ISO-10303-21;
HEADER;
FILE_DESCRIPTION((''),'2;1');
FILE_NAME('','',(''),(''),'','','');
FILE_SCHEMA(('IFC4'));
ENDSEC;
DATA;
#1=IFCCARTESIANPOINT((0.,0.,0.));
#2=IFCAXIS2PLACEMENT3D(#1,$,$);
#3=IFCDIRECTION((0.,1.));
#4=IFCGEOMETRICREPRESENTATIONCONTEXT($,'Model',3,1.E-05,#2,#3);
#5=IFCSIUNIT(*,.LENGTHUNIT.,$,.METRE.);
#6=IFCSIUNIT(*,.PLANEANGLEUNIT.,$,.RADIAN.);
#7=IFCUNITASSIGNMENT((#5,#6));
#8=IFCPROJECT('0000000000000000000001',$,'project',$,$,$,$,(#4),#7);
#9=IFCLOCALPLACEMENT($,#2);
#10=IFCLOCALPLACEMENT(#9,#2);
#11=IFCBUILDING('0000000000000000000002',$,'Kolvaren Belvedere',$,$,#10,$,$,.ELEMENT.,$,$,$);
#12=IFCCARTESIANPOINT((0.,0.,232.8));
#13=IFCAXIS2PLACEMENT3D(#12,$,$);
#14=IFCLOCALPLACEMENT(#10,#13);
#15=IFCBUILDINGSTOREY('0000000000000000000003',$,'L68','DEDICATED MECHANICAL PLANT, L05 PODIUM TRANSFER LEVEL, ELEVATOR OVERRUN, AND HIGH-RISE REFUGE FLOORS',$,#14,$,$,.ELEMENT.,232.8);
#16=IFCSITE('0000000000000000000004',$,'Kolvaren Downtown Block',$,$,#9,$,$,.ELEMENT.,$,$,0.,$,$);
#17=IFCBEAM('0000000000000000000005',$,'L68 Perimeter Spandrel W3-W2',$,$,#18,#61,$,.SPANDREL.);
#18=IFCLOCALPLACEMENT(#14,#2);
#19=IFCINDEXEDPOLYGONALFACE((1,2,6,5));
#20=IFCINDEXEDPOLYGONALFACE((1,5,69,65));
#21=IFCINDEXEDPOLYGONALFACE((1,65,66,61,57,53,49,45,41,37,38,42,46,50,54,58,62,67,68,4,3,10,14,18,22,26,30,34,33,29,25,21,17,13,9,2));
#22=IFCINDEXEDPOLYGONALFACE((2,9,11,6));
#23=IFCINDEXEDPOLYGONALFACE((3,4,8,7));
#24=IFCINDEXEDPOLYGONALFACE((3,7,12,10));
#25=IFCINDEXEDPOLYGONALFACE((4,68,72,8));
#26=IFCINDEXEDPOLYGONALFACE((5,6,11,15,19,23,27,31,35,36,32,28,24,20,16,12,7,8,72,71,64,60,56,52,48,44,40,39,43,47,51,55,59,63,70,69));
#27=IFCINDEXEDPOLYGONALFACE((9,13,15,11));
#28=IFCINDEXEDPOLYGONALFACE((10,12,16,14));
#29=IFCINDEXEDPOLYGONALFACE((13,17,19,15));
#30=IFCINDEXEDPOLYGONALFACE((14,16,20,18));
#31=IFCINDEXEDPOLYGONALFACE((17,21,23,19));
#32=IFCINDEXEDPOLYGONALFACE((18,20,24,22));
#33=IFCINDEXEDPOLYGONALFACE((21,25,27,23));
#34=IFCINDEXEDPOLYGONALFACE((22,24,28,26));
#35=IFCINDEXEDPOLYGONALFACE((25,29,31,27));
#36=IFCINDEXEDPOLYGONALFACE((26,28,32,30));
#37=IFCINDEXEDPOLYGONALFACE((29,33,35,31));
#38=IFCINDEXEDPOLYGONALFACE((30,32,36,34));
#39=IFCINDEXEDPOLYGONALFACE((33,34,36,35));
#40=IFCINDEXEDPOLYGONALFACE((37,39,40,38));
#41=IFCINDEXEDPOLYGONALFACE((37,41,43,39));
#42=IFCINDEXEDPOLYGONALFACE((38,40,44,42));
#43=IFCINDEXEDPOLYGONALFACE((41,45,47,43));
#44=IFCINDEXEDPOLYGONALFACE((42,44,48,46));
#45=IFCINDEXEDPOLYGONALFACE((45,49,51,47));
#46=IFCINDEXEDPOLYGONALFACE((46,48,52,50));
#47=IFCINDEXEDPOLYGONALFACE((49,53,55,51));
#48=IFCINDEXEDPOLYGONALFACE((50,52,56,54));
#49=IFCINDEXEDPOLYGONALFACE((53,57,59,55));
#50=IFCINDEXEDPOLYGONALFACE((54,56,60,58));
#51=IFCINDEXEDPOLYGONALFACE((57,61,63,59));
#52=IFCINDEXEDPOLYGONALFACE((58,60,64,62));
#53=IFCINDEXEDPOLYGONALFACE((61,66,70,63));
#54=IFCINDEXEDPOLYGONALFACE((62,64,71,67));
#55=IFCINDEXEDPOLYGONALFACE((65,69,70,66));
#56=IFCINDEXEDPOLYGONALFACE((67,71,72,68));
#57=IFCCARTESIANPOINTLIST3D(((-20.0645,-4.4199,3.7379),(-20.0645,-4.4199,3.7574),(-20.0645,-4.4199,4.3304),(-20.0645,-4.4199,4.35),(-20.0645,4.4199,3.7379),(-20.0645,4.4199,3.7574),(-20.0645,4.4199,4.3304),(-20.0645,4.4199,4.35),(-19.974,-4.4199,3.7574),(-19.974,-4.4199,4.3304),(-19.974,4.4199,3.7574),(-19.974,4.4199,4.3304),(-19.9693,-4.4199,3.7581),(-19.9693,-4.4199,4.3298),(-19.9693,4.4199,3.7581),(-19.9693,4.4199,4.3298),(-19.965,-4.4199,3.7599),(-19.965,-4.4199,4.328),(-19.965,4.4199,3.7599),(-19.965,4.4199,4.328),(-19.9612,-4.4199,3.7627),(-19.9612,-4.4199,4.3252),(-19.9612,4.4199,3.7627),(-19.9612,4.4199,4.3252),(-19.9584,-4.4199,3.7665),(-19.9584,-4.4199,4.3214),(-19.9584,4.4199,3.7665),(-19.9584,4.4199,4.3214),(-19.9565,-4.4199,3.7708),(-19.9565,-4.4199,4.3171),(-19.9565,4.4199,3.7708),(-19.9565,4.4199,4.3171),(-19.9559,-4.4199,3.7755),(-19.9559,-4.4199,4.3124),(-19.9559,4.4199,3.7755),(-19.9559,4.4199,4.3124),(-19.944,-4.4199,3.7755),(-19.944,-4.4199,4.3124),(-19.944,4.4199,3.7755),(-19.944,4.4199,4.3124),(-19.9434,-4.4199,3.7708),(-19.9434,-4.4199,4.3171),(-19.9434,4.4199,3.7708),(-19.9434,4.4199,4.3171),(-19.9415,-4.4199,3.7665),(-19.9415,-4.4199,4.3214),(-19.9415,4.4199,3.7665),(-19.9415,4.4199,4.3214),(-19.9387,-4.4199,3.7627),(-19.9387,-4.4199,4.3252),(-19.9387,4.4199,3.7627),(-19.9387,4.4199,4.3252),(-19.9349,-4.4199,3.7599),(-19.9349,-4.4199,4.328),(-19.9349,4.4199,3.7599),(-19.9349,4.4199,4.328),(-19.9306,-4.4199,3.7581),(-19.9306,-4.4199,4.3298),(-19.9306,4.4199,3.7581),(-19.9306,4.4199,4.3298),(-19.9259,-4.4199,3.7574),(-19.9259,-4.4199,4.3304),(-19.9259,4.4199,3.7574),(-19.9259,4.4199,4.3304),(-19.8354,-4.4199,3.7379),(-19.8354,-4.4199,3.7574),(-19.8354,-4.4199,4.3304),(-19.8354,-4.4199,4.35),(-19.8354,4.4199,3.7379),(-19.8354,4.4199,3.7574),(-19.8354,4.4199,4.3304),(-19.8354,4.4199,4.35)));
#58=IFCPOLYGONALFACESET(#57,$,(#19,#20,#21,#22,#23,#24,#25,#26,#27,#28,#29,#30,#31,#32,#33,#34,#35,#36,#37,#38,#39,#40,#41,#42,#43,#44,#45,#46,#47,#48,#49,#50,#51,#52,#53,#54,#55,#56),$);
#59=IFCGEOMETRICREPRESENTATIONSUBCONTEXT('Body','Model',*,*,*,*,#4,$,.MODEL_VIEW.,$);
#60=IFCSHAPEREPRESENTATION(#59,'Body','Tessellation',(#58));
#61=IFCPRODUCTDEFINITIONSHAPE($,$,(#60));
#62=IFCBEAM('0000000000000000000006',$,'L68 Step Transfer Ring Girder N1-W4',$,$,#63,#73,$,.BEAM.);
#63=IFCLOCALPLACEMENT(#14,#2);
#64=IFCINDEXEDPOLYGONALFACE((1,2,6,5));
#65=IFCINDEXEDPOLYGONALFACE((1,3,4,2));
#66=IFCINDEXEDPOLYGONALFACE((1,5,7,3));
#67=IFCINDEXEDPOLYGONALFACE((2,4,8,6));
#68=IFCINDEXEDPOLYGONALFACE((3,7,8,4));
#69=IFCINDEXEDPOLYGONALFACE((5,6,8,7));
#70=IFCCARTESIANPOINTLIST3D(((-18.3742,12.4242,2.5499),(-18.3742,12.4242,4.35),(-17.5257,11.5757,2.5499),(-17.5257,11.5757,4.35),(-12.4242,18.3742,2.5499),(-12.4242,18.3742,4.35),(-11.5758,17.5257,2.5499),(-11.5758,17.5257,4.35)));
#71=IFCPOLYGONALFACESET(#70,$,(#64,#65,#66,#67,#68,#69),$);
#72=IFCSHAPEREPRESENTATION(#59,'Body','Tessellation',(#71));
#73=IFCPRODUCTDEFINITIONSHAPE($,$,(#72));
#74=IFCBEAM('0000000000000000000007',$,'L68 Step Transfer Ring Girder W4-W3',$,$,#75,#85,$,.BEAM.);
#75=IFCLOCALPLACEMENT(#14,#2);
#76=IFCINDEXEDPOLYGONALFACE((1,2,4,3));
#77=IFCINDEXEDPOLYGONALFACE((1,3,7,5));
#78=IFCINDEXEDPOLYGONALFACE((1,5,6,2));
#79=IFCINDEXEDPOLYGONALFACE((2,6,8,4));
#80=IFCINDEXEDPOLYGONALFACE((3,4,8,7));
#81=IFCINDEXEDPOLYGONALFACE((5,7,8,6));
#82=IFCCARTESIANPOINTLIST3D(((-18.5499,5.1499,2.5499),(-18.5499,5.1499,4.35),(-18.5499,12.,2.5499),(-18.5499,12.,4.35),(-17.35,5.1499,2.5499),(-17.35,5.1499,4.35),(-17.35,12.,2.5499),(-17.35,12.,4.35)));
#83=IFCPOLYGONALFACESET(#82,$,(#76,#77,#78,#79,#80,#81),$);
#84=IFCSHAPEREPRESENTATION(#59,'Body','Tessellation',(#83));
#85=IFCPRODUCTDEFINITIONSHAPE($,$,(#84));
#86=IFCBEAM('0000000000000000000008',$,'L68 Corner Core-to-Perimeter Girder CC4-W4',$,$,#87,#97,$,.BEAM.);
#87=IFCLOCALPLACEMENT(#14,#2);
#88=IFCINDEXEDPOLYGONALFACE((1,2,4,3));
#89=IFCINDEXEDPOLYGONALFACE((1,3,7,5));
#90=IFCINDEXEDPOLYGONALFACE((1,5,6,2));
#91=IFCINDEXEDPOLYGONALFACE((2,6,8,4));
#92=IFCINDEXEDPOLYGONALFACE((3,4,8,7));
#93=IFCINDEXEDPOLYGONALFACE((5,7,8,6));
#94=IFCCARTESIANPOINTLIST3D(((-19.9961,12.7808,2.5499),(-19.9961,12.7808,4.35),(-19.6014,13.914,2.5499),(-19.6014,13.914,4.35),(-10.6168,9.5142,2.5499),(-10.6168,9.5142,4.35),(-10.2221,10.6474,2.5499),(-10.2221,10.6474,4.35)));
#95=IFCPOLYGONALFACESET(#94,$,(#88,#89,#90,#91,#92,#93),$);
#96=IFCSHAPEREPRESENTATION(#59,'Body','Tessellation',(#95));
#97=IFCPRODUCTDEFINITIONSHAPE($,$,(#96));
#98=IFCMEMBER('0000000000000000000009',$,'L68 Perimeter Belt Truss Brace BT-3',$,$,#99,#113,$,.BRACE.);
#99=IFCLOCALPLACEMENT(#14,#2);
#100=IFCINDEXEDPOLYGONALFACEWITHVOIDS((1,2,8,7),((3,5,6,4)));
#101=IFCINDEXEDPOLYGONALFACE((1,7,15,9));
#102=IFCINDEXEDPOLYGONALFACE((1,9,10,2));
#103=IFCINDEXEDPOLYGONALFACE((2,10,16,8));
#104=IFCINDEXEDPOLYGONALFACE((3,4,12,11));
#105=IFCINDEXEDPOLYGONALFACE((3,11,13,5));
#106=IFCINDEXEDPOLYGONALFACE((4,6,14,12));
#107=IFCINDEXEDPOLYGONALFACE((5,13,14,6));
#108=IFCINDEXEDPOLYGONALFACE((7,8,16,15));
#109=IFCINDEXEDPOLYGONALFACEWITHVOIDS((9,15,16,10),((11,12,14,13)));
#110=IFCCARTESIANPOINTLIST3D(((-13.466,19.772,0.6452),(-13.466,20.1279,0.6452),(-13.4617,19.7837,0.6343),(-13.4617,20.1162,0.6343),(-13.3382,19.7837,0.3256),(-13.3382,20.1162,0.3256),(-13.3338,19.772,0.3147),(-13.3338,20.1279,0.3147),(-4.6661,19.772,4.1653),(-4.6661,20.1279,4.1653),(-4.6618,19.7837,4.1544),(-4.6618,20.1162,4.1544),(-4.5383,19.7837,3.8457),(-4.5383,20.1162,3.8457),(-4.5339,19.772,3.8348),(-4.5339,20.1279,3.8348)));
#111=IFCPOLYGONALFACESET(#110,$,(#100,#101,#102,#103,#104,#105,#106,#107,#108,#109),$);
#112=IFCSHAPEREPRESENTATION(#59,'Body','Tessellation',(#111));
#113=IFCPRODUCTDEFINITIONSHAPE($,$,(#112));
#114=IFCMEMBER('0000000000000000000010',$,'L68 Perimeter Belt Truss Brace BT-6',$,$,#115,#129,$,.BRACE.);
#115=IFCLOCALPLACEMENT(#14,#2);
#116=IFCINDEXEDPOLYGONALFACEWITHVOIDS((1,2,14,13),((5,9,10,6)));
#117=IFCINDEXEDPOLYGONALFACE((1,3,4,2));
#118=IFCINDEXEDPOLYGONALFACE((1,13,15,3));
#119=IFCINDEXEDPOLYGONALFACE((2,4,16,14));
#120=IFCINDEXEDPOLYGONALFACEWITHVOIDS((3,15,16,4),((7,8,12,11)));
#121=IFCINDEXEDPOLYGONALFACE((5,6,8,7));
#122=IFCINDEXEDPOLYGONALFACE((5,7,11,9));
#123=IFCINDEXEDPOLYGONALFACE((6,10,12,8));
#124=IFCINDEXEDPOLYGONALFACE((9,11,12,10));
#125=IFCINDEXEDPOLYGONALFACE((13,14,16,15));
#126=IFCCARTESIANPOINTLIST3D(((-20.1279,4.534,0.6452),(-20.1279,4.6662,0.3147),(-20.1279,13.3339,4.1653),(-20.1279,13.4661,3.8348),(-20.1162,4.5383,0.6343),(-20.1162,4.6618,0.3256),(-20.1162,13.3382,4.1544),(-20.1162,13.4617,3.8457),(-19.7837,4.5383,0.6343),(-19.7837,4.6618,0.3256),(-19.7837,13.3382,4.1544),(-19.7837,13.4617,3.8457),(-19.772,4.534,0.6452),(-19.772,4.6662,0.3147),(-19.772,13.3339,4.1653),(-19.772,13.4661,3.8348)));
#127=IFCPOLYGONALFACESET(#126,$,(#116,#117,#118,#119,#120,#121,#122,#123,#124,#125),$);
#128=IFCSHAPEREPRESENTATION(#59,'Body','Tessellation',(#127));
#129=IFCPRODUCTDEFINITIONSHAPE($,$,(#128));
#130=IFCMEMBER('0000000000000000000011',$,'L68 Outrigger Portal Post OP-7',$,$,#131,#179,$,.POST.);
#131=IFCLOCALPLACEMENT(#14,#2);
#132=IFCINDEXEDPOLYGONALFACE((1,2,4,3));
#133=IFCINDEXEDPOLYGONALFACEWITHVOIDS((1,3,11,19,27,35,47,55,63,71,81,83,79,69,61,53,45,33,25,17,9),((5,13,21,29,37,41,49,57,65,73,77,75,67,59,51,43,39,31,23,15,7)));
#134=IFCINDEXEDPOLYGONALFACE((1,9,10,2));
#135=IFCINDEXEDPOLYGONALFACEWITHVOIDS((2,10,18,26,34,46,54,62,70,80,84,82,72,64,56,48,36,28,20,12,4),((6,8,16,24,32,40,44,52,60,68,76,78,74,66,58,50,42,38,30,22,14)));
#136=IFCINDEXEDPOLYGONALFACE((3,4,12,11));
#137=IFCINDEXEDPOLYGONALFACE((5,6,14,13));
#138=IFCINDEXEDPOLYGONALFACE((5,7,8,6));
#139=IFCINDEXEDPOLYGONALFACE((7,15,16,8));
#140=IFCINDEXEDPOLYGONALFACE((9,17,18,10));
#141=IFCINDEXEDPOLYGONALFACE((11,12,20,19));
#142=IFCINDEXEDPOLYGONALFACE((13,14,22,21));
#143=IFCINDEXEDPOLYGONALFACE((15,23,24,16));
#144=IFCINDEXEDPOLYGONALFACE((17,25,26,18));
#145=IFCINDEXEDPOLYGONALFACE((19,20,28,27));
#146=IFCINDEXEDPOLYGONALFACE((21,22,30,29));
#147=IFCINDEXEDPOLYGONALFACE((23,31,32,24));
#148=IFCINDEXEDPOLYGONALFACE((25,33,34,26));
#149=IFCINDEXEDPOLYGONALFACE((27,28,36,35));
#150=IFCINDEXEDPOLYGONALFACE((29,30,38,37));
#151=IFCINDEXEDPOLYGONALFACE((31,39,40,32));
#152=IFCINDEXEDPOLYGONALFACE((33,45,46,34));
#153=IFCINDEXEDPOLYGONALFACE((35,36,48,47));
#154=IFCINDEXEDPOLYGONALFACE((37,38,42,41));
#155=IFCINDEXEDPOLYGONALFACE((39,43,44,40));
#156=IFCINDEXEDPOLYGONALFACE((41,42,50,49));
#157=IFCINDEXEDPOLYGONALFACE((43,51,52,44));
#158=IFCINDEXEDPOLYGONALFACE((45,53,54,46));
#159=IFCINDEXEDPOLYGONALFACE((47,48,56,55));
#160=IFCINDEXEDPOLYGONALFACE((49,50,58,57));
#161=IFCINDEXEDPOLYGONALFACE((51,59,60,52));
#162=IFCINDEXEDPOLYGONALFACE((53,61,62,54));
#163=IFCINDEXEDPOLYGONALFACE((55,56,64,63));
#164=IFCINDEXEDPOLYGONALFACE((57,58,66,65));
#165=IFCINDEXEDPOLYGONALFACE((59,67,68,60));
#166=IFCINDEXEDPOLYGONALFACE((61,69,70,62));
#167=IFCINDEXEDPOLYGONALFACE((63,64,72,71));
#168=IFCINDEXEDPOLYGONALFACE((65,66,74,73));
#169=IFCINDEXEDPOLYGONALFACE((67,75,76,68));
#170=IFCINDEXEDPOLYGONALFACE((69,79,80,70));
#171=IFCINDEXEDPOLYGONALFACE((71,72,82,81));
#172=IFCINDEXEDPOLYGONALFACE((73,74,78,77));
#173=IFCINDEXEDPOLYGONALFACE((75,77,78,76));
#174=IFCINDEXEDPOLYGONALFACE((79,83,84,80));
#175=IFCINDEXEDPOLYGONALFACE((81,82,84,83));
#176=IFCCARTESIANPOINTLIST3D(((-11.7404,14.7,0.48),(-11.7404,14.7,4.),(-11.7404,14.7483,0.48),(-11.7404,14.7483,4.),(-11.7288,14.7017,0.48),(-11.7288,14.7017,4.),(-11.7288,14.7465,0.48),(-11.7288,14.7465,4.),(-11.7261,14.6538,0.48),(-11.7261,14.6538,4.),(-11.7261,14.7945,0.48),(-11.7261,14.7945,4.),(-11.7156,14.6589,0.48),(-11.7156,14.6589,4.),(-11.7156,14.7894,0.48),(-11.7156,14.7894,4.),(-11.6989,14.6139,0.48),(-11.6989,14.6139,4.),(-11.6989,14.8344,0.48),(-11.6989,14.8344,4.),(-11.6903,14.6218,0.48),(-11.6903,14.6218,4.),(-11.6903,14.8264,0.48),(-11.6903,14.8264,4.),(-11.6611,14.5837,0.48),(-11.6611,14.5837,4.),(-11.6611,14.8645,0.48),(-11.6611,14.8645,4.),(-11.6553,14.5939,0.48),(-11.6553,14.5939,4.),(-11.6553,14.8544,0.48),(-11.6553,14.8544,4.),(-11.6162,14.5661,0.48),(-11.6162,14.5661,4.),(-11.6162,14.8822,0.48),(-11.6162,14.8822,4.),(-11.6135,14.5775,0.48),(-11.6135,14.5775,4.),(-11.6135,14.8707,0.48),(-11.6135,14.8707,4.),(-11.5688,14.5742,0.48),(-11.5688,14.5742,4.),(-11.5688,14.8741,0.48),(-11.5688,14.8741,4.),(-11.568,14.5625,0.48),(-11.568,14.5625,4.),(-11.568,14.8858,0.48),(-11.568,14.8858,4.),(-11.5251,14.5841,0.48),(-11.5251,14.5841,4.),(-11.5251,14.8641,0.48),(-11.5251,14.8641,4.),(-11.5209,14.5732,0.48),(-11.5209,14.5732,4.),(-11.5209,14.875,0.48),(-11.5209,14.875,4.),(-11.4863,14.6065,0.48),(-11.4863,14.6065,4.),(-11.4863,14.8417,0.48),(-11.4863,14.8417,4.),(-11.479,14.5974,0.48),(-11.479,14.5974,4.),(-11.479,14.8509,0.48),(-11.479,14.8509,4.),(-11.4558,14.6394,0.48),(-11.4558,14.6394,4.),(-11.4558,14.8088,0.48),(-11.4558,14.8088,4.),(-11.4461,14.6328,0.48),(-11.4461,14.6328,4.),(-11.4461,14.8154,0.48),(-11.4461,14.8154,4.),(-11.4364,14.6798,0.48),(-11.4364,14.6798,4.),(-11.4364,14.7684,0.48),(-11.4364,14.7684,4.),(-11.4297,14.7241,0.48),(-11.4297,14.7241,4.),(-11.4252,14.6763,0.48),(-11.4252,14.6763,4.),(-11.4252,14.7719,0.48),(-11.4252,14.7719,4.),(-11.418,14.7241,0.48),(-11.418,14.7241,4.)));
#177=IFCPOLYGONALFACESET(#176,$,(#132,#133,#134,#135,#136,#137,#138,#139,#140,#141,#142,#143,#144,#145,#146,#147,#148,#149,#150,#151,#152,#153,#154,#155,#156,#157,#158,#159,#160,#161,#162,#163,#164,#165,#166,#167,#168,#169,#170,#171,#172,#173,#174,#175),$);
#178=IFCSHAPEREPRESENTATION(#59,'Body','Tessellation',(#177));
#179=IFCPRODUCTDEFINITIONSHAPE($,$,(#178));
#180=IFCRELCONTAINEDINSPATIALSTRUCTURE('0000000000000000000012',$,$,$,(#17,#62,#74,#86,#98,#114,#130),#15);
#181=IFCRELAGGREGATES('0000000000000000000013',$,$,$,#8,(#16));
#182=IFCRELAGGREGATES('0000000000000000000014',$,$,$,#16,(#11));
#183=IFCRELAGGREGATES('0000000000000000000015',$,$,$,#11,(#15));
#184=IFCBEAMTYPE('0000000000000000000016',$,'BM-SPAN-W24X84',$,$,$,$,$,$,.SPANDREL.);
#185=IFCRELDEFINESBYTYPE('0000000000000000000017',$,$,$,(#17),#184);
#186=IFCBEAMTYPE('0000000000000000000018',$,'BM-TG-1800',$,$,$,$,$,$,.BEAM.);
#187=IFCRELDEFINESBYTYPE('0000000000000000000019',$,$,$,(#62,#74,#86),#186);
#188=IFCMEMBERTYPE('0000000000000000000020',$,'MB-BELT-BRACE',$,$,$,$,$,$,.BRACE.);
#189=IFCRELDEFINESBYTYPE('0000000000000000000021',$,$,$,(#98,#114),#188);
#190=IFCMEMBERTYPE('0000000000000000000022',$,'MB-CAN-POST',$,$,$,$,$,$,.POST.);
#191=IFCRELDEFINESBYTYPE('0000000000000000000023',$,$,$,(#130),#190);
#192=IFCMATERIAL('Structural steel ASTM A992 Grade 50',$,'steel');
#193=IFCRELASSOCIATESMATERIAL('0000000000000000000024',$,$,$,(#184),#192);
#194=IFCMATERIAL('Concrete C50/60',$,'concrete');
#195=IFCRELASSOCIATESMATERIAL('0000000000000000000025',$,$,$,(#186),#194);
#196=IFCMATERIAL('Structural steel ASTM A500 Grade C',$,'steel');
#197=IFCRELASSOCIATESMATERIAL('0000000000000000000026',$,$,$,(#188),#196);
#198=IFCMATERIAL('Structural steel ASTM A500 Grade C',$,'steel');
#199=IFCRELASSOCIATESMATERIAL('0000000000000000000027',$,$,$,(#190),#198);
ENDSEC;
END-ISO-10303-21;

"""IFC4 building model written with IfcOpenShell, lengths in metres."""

from ifc_helpers import new_model, si_unit, direction, frame, origin, origin_2d, place, context, subcontext, project, spatial, rectangle, hollow_rectangle, hollow_circle, i_section, extrude, material, material_profile, profile_set, type_object, element, save


model = new_model("IFC4")

# Units and contexts
model_context = context("Model", 3, precision=1e-05, world=origin(), true_north=direction((0.0, 1.0)))
body_context = subcontext(model_context, "Body", "Model", "MODEL_VIEW")
ifc_project = project(units=[si_unit("LENGTHUNIT", "METRE"), si_unit("PLANEANGLEUNIT", "RADIAN")], contexts=[model_context])

# Site, building, storey
site_placement = place(None, origin())
site = spatial("IfcSite", under=ifc_project, at=site_placement, Name="Kolvaren Downtown Block", CompositionType="ELEMENT", RefElevation=0.0)
building_placement = place(site_placement, origin())
building = spatial("IfcBuilding", under=site, at=building_placement, Name="Kolvaren Belvedere", CompositionType="ELEMENT")
storey_placement = place(building_placement, frame((0.0, 0.0, 232.8)))
storey = spatial("IfcBuildingStorey", under=building, at=storey_placement, Name="L68", Description="DEDICATED MECHANICAL PLANT, L05 PODIUM TRANSFER LEVEL, ELEVATOR OVERRUN, AND HIGH-RISE REFUGE FLOORS", CompositionType="ELEMENT", Elevation=232.8)

# Beams
ifc_material_1 = material(Name="Structural steel ASTM A992 Grade 50", Category="steel")
ifc_material_profile_1 = material_profile(ifc_material_1, i_section(OverallWidth=0.229, OverallDepth=0.6121, WebThickness=0.012, FlangeThickness=0.0195, FilletRadius=0.0181, at=origin_2d()), Name="W24X84")
ifc_profile_set_1 = profile_set([ifc_material_profile_1], Name="Structural steel ASTM A992 Grade 50")
beam_type_1 = type_object("IfcBeamType", Name="BM-SPAN-W24X84", PredefinedType="SPANDREL", material=ifc_profile_set_1)
beam_1_placement = place(storey_placement, frame((-19.95, 4.4199, 4.0439), z_axis=(0.0, -1.0, 0.0), x_axis=(1.0, 0.0, 0.0)))
element("IfcBeam", 1, at=beam_1_placement, inside=storey, type_object=beam_type_1, Name="L68 Perimeter Spandrel W3-W2", PredefinedType="SPANDREL", context=body_context, shape_type="SweptSolid", body=[
    extrude(i_section(OverallWidth=0.229, OverallDepth=0.6121, WebThickness=0.012, FlangeThickness=0.0195, FilletRadius=0.0181, at=origin_2d()), origin(), (0.0, 0.0, 1.0), 8.8398),
])
ifc_material_2 = material(Name="Concrete C50/60", Category="concrete")
ifc_material_profile_2 = material_profile(ifc_material_2, rectangle(XDim=1.2, YDim=1.8, at=origin_2d()), Name="RC 1200X1800")
ifc_profile_set_2 = profile_set([ifc_material_profile_2], Name="Concrete C50/60")
beam_type_2 = type_object("IfcBeamType", Name="BM-TG-1800", PredefinedType="BEAM", material=ifc_profile_set_2)
beam_2_placement = place(storey_placement, frame((-12.0, 17.95, 3.45), z_axis=(-0.707107, -0.707107, 0.0), x_axis=(0.707107, -0.707107, 0.0)))
element("IfcBeam", 2, at=beam_2_placement, inside=storey, type_object=beam_type_2, Name="L68 Step Transfer Ring Girder N1-W4", PredefinedType="BEAM", context=body_context, shape_type="SweptSolid", body=[
    extrude(rectangle(XDim=1.2, YDim=1.8, at=origin_2d()), origin(), (0.0, 0.0, 1.0), 8.4146),
])
beam_3_placement = place(storey_placement, frame((-17.95, 12.0, 3.45), z_axis=(0.0, -1.0, 0.0), x_axis=(1.0, 0.0, 0.0)))
element("IfcBeam", 3, at=beam_3_placement, inside=storey, type_object=beam_type_2, Name="L68 Step Transfer Ring Girder W4-W3", PredefinedType="BEAM", context=body_context, shape_type="SweptSolid", body=[
    extrude(rectangle(XDim=1.2, YDim=1.8, at=origin_2d()), origin(), (0.0, 0.0, 1.0), 6.8501),
])
beam_4_placement = place(storey_placement, frame((-10.4194, 10.0808, 3.45), z_axis=(-0.944365, 0.328898, 0.0), x_axis=(-0.328898, -0.944365, 0.0)))
element("IfcBeam", 4, at=beam_4_placement, inside=storey, type_object=beam_type_2, Name="L68 Corner Core-to-Perimeter Girder CC4-W4", PredefinedType="BEAM", context=body_context, shape_type="SweptSolid", body=[
    extrude(rectangle(XDim=1.2, YDim=1.8, at=origin_2d()), origin(), (0.0, 0.0, 1.0), 9.9319),
])

# Members
ifc_material_3 = material(Name="Structural steel ASTM A500 Grade C", Category="steel")
ifc_material_profile_3 = material_profile(ifc_material_3, hollow_rectangle(XDim=0.356, YDim=0.356, WallThickness=0.0117, at=origin_2d()), Name="HSS14X14X1/2")
ifc_profile_set_3 = profile_set([ifc_material_profile_3], Name="Structural steel ASTM A500 Grade C")
member_type_1 = type_object("IfcMemberType", Name="MB-BELT-BRACE", PredefinedType="BRACE", material=ifc_profile_set_3)
for number, where, z_axis, x_axis, name in (
    (5, (-13.3999, 19.95, 0.48), (0.928473, 0.0, 0.3714), (0.0, 1.0, 0.0), "L68 Perimeter Belt Truss Brace BT-3"),
    (6, (-19.95, 4.6001, 0.48), (0.0, 0.928473, 0.3714), (-1.0, 0.0, 0.0), "L68 Perimeter Belt Truss Brace BT-6"),
):
    element("IfcMember", number, at=place(storey_placement, frame(where, z_axis=z_axis, x_axis=x_axis)), inside=storey, type_object=member_type_1, Name=name, PredefinedType="BRACE", context=body_context, shape_type="SweptSolid", body=[
        extrude(hollow_rectangle(XDim=0.356, YDim=0.356, WallThickness=0.0117, at=origin_2d()), origin(), (0.0, 0.0, 1.0), 9.4778),
    ])
ifc_material_4 = material(Name="Structural steel ASTM A500 Grade C", Category="steel")
ifc_material_profile_4 = material_profile(ifc_material_4, hollow_circle(Radius=0.1621, WallThickness=0.0117, at=origin_2d()), Name="HSS12.750X0.500")
ifc_profile_set_4 = profile_set([ifc_material_profile_4], Name="Structural steel ASTM A500 Grade C")
member_type_2 = type_object("IfcMemberType", Name="MB-CAN-POST", PredefinedType="POST", material=ifc_profile_set_4)
for number, where, z_axis, x_axis, name in (
    (7, (-11.5801, 14.7241, 0.48), (0.0, 0.0, 1.0), (1.0, 0.0, 0.0), "L68 Outrigger Portal Post OP-7"),
):
    element("IfcMember", number, at=place(storey_placement, frame(where, z_axis=z_axis, x_axis=x_axis)), inside=storey, type_object=member_type_2, Name=name, PredefinedType="POST", context=body_context, shape_type="SweptSolid", body=[
        extrude(hollow_circle(Radius=0.1621, WallThickness=0.0117, at=origin_2d()), origin(), (0.0, 0.0, 1.0), 3.52),
    ])

save(model, "model.ifc")
